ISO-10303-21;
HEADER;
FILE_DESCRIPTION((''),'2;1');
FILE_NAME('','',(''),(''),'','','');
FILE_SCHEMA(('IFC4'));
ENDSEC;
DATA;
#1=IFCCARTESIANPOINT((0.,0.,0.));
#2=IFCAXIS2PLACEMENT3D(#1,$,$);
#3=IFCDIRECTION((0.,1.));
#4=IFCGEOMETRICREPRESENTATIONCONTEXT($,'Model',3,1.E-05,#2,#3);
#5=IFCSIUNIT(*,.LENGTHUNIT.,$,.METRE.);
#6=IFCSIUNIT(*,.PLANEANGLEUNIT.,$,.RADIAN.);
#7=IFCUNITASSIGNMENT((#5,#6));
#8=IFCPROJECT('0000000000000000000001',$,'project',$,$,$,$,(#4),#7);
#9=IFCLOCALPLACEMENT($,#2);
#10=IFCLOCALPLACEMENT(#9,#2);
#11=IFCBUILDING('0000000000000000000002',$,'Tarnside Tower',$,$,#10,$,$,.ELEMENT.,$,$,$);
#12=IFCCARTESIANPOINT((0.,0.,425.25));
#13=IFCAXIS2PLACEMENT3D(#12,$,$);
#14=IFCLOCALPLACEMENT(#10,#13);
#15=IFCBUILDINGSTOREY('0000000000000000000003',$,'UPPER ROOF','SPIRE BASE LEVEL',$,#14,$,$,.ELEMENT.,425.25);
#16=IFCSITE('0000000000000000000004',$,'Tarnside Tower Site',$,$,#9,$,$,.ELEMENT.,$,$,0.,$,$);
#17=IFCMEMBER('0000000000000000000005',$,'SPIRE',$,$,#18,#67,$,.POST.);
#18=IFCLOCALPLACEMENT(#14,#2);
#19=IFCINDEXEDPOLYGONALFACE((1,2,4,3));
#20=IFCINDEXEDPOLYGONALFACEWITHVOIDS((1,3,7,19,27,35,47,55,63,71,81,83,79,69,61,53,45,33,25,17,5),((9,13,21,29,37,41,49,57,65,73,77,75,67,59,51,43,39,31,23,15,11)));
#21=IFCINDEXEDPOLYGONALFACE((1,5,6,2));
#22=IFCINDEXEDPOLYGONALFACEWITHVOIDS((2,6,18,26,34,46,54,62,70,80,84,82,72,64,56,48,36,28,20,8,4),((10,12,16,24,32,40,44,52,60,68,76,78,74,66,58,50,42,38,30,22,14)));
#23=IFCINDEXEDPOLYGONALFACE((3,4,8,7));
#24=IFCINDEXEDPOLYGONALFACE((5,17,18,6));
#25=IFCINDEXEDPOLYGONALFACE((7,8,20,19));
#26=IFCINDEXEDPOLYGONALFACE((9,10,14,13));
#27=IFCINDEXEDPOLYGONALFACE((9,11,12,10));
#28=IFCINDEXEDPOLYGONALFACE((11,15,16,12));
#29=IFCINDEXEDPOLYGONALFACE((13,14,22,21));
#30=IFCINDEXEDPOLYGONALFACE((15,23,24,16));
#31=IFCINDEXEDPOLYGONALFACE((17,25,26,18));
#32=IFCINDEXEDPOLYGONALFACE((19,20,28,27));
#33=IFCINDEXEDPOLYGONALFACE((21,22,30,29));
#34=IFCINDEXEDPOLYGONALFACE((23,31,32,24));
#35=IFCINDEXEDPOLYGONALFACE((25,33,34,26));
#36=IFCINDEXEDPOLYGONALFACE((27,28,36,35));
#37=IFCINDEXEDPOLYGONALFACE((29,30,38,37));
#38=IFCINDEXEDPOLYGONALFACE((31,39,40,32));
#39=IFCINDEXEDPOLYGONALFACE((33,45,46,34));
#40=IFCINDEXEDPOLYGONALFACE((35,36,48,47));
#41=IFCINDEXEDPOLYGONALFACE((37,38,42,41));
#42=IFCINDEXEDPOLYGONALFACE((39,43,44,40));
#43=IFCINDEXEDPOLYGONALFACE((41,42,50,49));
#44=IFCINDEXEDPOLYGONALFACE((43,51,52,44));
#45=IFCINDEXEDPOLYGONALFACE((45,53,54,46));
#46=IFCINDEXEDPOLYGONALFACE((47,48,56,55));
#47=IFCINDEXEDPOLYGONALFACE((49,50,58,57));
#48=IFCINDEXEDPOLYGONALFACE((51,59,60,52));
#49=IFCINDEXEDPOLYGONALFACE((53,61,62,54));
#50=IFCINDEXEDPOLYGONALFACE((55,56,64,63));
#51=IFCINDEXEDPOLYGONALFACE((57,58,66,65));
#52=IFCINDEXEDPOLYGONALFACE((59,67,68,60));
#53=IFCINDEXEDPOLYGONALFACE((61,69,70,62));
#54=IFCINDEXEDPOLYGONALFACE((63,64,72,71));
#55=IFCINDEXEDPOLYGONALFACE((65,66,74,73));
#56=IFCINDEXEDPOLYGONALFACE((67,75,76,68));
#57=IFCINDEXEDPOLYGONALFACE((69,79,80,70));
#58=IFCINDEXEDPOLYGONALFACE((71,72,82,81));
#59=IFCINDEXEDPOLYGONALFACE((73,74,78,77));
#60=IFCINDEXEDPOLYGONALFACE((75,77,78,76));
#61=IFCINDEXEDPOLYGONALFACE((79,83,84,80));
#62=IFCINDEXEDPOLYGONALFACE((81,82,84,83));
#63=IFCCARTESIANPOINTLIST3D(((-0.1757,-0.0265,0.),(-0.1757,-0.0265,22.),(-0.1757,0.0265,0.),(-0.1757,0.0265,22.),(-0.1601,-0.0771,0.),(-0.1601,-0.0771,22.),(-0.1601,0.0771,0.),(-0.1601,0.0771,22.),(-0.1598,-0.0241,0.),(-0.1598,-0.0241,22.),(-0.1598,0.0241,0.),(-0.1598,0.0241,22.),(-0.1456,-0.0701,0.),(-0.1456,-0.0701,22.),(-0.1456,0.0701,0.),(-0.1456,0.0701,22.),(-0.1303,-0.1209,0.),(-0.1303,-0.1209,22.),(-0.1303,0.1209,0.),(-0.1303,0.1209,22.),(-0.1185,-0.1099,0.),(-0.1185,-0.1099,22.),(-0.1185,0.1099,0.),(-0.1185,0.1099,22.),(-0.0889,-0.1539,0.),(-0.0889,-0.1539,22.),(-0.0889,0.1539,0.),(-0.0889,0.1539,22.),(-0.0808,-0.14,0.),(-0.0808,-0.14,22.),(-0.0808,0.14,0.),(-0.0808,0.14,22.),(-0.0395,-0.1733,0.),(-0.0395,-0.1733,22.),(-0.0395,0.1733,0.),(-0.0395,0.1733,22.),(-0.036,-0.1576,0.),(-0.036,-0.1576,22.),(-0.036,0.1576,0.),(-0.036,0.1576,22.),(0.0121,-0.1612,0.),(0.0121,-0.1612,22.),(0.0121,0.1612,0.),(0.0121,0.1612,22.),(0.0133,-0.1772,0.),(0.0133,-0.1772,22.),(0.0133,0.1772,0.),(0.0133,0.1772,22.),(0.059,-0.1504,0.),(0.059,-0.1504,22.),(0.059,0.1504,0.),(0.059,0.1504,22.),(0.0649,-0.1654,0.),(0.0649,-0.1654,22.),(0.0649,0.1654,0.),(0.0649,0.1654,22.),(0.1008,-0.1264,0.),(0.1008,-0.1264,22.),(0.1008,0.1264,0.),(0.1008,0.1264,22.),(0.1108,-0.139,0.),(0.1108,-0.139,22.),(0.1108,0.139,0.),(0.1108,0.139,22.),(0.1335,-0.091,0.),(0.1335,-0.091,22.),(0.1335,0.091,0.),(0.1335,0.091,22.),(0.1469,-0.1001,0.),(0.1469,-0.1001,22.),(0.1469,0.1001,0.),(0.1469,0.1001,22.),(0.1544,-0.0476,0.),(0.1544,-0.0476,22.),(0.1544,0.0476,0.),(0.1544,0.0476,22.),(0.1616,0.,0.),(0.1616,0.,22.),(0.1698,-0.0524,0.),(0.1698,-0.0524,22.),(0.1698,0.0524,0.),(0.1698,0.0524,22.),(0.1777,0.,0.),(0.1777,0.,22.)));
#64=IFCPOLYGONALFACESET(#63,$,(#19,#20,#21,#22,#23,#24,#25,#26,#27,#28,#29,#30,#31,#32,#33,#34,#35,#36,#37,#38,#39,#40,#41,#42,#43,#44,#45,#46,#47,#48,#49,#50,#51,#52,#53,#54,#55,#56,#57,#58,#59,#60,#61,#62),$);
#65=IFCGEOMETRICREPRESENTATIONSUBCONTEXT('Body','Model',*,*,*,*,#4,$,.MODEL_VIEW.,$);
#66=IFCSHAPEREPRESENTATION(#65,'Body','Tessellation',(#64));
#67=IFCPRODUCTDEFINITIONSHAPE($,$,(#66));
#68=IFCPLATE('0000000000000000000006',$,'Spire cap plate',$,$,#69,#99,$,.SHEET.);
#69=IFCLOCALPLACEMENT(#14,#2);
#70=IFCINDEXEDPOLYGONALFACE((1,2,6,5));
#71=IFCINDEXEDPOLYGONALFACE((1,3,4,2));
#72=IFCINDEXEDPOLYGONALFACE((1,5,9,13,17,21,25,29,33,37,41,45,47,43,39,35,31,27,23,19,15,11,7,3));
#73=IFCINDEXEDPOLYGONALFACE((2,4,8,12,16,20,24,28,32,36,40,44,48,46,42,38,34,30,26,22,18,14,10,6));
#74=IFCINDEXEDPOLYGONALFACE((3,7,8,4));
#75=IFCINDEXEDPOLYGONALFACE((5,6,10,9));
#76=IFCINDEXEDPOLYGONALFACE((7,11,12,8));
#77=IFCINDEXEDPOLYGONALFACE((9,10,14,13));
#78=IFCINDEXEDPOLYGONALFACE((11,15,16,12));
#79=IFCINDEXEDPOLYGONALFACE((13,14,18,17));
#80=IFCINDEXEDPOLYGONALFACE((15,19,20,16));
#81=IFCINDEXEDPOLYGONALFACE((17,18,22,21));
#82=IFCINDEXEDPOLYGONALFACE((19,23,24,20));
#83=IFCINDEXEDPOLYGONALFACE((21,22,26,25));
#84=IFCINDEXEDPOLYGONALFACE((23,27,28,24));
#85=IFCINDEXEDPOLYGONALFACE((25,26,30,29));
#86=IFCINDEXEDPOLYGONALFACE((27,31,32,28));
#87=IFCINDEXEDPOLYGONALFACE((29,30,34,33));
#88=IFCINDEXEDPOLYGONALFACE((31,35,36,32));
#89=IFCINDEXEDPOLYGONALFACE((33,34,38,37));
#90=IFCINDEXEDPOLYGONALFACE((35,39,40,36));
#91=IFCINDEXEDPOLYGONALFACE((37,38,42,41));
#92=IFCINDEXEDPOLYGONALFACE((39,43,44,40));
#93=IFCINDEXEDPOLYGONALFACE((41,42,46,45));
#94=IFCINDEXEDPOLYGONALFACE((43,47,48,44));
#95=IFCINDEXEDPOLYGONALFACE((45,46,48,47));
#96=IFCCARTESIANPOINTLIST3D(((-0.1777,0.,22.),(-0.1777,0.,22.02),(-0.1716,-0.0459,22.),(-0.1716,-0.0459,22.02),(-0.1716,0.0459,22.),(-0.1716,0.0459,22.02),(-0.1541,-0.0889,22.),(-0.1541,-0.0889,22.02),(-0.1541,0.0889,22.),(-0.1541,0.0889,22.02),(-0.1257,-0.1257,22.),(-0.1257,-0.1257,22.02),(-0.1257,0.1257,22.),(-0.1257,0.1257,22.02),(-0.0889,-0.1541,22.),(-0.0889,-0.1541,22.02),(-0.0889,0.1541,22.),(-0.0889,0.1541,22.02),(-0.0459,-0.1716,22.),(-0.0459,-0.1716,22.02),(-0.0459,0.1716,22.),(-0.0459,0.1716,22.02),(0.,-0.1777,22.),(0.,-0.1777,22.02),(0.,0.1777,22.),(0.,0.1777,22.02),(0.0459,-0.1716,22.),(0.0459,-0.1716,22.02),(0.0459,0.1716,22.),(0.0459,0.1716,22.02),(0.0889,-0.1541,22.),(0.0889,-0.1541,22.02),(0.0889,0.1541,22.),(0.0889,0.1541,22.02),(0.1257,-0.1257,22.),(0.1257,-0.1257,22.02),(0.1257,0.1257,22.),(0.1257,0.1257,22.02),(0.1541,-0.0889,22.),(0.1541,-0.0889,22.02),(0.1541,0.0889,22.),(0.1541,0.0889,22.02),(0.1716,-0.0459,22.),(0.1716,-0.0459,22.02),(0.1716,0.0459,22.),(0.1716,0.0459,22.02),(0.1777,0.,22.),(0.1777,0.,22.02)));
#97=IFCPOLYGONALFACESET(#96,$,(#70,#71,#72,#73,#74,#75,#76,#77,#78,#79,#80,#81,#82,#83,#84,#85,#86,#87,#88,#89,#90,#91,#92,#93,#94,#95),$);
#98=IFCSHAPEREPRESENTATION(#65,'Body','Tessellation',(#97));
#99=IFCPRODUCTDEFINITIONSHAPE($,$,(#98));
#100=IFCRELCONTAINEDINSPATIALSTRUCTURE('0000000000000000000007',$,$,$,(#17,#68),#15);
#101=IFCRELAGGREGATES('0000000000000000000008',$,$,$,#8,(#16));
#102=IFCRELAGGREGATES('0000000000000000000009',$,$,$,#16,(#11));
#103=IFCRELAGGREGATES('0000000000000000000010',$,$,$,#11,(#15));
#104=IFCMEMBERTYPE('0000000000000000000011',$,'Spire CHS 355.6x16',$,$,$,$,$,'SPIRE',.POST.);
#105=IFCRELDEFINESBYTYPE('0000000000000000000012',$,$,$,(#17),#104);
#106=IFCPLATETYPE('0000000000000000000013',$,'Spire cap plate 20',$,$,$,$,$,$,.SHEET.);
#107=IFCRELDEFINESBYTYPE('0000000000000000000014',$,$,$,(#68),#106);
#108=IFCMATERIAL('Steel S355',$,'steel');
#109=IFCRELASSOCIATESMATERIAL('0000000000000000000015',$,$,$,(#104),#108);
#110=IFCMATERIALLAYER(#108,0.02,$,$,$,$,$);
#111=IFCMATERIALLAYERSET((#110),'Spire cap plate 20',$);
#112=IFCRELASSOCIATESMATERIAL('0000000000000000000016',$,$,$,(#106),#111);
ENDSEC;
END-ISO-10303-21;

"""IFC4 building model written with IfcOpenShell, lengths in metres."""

from ifc_helpers import new_model, si_unit, direction, frame, origin, origin_with_axes, origin_2d, place, context, subcontext, project, spatial, polyline, hollow_circle, outline, extrude, material, layer, layer_set, material_profile, profile_set, type_object, element, save


model = new_model("IFC4")

# Units and contexts
model_context = context("Model", 3, precision=1e-05, world=origin(), true_north=direction((0.0, 1.0)))
body_context = subcontext(model_context, "Body", "Model", "MODEL_VIEW")
ifc_project = project(units=[si_unit("LENGTHUNIT", "METRE"), si_unit("PLANEANGLEUNIT", "RADIAN")], contexts=[model_context])

# Site, building, storey
site_placement = place(None, origin())
site = spatial("IfcSite", under=ifc_project, at=site_placement, Name="Tarnside Tower Site", CompositionType="ELEMENT", RefElevation=0.0)
building_placement = place(site_placement, origin())
building = spatial("IfcBuilding", under=site, at=building_placement, Name="Tarnside Tower", CompositionType="ELEMENT")
storey_placement = place(building_placement, frame((0.0, 0.0, 425.25)))
storey = spatial("IfcBuildingStorey", under=building, at=storey_placement, Name="UPPER ROOF", Description="SPIRE BASE LEVEL", CompositionType="ELEMENT", Elevation=425.25)

# Member
ifc_material = material(Name="Steel S355", Category="steel")
ifc_material_profile = material_profile(ifc_material, hollow_circle(Radius=0.1777, WallThickness=0.0161, at=origin_2d()), Name="CHS 355.6x16")
ifc_profile_set = profile_set([ifc_material_profile], Name="Steel S355")
member_type = type_object("IfcMemberType", Name="Spire CHS 355.6x16", ElementType="SPIRE", PredefinedType="POST", material=ifc_profile_set)
member_placement = place(storey_placement, origin_with_axes())
element("IfcMember", 1, at=member_placement, inside=storey, type_object=member_type, Name="SPIRE", PredefinedType="POST", context=body_context, shape_type="SweptSolid", body=[
    extrude(hollow_circle(Radius=0.1777, WallThickness=0.0161, at=origin_2d()), origin(), (0.0, 0.0, 1.0), 22.0),
])

# Plate
ifc_layer = layer(ifc_material, 0.02)
ifc_layer_set = layer_set([ifc_layer], Name="Spire cap plate 20")
plate_type = type_object("IfcPlateType", Name="Spire cap plate 20", PredefinedType="SHEET", material=ifc_layer_set)
plate_placement = place(storey_placement, frame((0.0, 0.0, 22.0)))
element("IfcPlate", 2, at=plate_placement, inside=storey, type_object=plate_type, Name="Spire cap plate", PredefinedType="SHEET", context=body_context, shape_type="SweptSolid", body=[
    extrude(outline(polyline([(0.1777, 0.0), (0.1716, 0.0459), (0.1541, 0.0889), (0.1257, 0.1257), (0.0889, 0.1541), (0.0459, 0.1716), (0.0, 0.1777), (-0.0459, 0.1716), (-0.0889, 0.1541), (-0.1257, 0.1257), (-0.1541, 0.0889), (-0.1716, 0.0459), (-0.1777, 0.0), (-0.1716, -0.0459), (-0.1541, -0.0889), (-0.1257, -0.1257), (-0.0889, -0.1541), (-0.0459, -0.1716), (0.0, -0.1777), (0.0459, -0.1716), (0.0889, -0.1541), (0.1257, -0.1257), (0.1541, -0.0889), (0.1716, -0.0459), (0.1777, 0.0)])), origin(), (0.0, 0.0, 1.0), 0.02),
])

save(model, "model.ifc")
